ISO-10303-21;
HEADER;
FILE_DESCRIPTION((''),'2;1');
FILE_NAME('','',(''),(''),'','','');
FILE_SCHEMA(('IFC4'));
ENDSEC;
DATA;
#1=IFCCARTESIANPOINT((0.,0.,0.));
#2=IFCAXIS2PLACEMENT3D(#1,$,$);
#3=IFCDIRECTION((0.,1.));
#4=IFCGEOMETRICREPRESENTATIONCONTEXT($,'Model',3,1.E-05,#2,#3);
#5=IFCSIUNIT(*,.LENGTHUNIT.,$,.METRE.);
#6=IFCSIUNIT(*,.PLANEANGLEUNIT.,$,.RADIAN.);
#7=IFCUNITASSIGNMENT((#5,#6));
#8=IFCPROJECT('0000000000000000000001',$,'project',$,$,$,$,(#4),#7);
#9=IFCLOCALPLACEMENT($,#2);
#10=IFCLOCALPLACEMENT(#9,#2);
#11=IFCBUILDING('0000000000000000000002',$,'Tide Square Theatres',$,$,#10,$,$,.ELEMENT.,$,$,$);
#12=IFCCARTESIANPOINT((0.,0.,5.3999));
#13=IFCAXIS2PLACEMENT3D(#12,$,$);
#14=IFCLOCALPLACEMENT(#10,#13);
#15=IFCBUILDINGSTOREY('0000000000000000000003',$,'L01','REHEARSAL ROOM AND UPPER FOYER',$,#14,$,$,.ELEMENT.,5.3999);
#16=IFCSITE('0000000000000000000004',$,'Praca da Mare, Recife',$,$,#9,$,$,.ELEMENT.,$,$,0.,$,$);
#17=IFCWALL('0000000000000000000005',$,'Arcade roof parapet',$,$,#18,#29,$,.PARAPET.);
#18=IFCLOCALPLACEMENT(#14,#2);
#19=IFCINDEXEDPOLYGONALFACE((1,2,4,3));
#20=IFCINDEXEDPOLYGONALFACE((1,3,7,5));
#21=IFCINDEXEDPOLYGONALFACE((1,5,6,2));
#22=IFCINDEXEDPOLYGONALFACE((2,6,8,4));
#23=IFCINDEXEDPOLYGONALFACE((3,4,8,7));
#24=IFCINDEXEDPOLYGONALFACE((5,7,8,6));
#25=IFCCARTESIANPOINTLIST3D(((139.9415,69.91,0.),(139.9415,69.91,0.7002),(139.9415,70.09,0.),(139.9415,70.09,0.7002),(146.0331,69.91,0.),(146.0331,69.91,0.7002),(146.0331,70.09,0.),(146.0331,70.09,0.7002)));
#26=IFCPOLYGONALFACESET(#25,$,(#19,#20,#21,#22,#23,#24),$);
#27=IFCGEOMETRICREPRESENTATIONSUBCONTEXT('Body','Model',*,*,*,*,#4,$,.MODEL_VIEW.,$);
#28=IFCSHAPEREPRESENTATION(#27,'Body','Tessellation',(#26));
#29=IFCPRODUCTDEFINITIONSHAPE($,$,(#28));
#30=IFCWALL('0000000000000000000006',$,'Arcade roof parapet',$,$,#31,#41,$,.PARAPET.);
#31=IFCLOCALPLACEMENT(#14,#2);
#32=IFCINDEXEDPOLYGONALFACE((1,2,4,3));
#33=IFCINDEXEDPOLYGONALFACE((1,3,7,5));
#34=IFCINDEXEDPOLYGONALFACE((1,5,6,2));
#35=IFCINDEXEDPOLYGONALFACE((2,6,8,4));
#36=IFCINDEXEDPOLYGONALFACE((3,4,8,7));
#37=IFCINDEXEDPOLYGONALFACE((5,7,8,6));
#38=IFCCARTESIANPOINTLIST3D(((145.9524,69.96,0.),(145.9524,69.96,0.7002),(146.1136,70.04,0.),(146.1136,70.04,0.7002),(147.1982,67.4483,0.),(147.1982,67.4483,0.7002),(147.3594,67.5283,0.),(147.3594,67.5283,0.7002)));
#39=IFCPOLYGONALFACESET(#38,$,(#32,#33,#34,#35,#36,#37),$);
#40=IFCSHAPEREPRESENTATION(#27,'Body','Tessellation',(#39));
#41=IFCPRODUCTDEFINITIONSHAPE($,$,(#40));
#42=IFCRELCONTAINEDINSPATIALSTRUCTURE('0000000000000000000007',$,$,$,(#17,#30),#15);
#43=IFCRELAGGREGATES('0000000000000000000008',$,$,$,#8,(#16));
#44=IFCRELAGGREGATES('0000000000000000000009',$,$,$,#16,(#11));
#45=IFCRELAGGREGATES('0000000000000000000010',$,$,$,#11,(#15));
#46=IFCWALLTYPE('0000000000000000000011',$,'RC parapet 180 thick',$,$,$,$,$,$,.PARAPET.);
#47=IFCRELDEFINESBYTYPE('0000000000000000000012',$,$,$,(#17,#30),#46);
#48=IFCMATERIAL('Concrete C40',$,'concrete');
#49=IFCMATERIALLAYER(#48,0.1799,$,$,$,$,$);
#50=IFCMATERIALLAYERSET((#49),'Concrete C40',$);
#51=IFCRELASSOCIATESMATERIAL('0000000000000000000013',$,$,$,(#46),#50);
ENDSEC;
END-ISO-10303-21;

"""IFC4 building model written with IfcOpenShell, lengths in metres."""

from ifc_helpers import new_model, si_unit, direction, frame, frame_2d, origin, place, context, subcontext, project, spatial, rectangle, extrude, material, layer, layer_set, type_object, element, save


model = new_model("IFC4")

# Units and contexts
model_context = context("Model", 3, precision=1e-05, world=origin(), true_north=direction((0.0, 1.0)))
body_context = subcontext(model_context, "Body", "Model", "MODEL_VIEW")
ifc_project = project(units=[si_unit("LENGTHUNIT", "METRE"), si_unit("PLANEANGLEUNIT", "RADIAN")], contexts=[model_context])

# Site, building, storey
site_placement = place(None, origin())
site = spatial("IfcSite", under=ifc_project, at=site_placement, Name="Praca da Mare, Recife", CompositionType="ELEMENT", RefElevation=0.0)
building_placement = place(site_placement, origin())
building = spatial("IfcBuilding", under=site, at=building_placement, Name="Tide Square Theatres", CompositionType="ELEMENT")
storey_placement = place(building_placement, frame((0.0, 0.0, 5.3999)))
storey = spatial("IfcBuildingStorey", under=building, at=storey_placement, Name="L01", Description="REHEARSAL ROOM AND UPPER FOYER", CompositionType="ELEMENT", Elevation=5.3999)

# Walls
ifc_material_1 = material(Name="Concrete C40", Category="concrete")
ifc_layer_1 = layer(ifc_material_1, 0.1799)
ifc_layer_set_1 = layer_set([ifc_layer_1], Name="Concrete C40")
wall_type_1 = type_object("IfcWallType", Name="RC parapet 180 thick", PredefinedType="PARAPET", material=ifc_layer_set_1)
wall_1_placement = place(storey_placement, frame((139.9414, 70.0, 0.0), z_axis=(0.0, 0.0, 1.0), x_axis=(1.0, 0.0, 0.0)))
element("IfcWall", 1, at=wall_1_placement, inside=storey, type_object=wall_type_1, Name="Arcade roof parapet", PredefinedType="PARAPET", context=body_context, shape_type="SweptSolid", body=[
    extrude(rectangle(XDim=6.0916, YDim=0.1799, at=frame_2d((3.0459, 0.0))), origin(), (0.0, 0.0, 1.0), 0.7002),
])
wall_2_placement = place(storey_placement, frame((146.033, 70.0, 0.0), z_axis=(0.0, 0.0, 1.0), x_axis=(0.444355, -0.895851, 0.0)))
element("IfcWall", 2, at=wall_2_placement, inside=storey, type_object=wall_type_1, Name="Arcade roof parapet", PredefinedType="PARAPET", context=body_context, shape_type="SweptSolid", body=[
    extrude(rectangle(XDim=2.8037, YDim=0.1799, at=frame_2d((1.4019, 0.0))), origin(), (0.0, 0.0, 1.0), 0.7002),
])

save(model, "model.ifc")
